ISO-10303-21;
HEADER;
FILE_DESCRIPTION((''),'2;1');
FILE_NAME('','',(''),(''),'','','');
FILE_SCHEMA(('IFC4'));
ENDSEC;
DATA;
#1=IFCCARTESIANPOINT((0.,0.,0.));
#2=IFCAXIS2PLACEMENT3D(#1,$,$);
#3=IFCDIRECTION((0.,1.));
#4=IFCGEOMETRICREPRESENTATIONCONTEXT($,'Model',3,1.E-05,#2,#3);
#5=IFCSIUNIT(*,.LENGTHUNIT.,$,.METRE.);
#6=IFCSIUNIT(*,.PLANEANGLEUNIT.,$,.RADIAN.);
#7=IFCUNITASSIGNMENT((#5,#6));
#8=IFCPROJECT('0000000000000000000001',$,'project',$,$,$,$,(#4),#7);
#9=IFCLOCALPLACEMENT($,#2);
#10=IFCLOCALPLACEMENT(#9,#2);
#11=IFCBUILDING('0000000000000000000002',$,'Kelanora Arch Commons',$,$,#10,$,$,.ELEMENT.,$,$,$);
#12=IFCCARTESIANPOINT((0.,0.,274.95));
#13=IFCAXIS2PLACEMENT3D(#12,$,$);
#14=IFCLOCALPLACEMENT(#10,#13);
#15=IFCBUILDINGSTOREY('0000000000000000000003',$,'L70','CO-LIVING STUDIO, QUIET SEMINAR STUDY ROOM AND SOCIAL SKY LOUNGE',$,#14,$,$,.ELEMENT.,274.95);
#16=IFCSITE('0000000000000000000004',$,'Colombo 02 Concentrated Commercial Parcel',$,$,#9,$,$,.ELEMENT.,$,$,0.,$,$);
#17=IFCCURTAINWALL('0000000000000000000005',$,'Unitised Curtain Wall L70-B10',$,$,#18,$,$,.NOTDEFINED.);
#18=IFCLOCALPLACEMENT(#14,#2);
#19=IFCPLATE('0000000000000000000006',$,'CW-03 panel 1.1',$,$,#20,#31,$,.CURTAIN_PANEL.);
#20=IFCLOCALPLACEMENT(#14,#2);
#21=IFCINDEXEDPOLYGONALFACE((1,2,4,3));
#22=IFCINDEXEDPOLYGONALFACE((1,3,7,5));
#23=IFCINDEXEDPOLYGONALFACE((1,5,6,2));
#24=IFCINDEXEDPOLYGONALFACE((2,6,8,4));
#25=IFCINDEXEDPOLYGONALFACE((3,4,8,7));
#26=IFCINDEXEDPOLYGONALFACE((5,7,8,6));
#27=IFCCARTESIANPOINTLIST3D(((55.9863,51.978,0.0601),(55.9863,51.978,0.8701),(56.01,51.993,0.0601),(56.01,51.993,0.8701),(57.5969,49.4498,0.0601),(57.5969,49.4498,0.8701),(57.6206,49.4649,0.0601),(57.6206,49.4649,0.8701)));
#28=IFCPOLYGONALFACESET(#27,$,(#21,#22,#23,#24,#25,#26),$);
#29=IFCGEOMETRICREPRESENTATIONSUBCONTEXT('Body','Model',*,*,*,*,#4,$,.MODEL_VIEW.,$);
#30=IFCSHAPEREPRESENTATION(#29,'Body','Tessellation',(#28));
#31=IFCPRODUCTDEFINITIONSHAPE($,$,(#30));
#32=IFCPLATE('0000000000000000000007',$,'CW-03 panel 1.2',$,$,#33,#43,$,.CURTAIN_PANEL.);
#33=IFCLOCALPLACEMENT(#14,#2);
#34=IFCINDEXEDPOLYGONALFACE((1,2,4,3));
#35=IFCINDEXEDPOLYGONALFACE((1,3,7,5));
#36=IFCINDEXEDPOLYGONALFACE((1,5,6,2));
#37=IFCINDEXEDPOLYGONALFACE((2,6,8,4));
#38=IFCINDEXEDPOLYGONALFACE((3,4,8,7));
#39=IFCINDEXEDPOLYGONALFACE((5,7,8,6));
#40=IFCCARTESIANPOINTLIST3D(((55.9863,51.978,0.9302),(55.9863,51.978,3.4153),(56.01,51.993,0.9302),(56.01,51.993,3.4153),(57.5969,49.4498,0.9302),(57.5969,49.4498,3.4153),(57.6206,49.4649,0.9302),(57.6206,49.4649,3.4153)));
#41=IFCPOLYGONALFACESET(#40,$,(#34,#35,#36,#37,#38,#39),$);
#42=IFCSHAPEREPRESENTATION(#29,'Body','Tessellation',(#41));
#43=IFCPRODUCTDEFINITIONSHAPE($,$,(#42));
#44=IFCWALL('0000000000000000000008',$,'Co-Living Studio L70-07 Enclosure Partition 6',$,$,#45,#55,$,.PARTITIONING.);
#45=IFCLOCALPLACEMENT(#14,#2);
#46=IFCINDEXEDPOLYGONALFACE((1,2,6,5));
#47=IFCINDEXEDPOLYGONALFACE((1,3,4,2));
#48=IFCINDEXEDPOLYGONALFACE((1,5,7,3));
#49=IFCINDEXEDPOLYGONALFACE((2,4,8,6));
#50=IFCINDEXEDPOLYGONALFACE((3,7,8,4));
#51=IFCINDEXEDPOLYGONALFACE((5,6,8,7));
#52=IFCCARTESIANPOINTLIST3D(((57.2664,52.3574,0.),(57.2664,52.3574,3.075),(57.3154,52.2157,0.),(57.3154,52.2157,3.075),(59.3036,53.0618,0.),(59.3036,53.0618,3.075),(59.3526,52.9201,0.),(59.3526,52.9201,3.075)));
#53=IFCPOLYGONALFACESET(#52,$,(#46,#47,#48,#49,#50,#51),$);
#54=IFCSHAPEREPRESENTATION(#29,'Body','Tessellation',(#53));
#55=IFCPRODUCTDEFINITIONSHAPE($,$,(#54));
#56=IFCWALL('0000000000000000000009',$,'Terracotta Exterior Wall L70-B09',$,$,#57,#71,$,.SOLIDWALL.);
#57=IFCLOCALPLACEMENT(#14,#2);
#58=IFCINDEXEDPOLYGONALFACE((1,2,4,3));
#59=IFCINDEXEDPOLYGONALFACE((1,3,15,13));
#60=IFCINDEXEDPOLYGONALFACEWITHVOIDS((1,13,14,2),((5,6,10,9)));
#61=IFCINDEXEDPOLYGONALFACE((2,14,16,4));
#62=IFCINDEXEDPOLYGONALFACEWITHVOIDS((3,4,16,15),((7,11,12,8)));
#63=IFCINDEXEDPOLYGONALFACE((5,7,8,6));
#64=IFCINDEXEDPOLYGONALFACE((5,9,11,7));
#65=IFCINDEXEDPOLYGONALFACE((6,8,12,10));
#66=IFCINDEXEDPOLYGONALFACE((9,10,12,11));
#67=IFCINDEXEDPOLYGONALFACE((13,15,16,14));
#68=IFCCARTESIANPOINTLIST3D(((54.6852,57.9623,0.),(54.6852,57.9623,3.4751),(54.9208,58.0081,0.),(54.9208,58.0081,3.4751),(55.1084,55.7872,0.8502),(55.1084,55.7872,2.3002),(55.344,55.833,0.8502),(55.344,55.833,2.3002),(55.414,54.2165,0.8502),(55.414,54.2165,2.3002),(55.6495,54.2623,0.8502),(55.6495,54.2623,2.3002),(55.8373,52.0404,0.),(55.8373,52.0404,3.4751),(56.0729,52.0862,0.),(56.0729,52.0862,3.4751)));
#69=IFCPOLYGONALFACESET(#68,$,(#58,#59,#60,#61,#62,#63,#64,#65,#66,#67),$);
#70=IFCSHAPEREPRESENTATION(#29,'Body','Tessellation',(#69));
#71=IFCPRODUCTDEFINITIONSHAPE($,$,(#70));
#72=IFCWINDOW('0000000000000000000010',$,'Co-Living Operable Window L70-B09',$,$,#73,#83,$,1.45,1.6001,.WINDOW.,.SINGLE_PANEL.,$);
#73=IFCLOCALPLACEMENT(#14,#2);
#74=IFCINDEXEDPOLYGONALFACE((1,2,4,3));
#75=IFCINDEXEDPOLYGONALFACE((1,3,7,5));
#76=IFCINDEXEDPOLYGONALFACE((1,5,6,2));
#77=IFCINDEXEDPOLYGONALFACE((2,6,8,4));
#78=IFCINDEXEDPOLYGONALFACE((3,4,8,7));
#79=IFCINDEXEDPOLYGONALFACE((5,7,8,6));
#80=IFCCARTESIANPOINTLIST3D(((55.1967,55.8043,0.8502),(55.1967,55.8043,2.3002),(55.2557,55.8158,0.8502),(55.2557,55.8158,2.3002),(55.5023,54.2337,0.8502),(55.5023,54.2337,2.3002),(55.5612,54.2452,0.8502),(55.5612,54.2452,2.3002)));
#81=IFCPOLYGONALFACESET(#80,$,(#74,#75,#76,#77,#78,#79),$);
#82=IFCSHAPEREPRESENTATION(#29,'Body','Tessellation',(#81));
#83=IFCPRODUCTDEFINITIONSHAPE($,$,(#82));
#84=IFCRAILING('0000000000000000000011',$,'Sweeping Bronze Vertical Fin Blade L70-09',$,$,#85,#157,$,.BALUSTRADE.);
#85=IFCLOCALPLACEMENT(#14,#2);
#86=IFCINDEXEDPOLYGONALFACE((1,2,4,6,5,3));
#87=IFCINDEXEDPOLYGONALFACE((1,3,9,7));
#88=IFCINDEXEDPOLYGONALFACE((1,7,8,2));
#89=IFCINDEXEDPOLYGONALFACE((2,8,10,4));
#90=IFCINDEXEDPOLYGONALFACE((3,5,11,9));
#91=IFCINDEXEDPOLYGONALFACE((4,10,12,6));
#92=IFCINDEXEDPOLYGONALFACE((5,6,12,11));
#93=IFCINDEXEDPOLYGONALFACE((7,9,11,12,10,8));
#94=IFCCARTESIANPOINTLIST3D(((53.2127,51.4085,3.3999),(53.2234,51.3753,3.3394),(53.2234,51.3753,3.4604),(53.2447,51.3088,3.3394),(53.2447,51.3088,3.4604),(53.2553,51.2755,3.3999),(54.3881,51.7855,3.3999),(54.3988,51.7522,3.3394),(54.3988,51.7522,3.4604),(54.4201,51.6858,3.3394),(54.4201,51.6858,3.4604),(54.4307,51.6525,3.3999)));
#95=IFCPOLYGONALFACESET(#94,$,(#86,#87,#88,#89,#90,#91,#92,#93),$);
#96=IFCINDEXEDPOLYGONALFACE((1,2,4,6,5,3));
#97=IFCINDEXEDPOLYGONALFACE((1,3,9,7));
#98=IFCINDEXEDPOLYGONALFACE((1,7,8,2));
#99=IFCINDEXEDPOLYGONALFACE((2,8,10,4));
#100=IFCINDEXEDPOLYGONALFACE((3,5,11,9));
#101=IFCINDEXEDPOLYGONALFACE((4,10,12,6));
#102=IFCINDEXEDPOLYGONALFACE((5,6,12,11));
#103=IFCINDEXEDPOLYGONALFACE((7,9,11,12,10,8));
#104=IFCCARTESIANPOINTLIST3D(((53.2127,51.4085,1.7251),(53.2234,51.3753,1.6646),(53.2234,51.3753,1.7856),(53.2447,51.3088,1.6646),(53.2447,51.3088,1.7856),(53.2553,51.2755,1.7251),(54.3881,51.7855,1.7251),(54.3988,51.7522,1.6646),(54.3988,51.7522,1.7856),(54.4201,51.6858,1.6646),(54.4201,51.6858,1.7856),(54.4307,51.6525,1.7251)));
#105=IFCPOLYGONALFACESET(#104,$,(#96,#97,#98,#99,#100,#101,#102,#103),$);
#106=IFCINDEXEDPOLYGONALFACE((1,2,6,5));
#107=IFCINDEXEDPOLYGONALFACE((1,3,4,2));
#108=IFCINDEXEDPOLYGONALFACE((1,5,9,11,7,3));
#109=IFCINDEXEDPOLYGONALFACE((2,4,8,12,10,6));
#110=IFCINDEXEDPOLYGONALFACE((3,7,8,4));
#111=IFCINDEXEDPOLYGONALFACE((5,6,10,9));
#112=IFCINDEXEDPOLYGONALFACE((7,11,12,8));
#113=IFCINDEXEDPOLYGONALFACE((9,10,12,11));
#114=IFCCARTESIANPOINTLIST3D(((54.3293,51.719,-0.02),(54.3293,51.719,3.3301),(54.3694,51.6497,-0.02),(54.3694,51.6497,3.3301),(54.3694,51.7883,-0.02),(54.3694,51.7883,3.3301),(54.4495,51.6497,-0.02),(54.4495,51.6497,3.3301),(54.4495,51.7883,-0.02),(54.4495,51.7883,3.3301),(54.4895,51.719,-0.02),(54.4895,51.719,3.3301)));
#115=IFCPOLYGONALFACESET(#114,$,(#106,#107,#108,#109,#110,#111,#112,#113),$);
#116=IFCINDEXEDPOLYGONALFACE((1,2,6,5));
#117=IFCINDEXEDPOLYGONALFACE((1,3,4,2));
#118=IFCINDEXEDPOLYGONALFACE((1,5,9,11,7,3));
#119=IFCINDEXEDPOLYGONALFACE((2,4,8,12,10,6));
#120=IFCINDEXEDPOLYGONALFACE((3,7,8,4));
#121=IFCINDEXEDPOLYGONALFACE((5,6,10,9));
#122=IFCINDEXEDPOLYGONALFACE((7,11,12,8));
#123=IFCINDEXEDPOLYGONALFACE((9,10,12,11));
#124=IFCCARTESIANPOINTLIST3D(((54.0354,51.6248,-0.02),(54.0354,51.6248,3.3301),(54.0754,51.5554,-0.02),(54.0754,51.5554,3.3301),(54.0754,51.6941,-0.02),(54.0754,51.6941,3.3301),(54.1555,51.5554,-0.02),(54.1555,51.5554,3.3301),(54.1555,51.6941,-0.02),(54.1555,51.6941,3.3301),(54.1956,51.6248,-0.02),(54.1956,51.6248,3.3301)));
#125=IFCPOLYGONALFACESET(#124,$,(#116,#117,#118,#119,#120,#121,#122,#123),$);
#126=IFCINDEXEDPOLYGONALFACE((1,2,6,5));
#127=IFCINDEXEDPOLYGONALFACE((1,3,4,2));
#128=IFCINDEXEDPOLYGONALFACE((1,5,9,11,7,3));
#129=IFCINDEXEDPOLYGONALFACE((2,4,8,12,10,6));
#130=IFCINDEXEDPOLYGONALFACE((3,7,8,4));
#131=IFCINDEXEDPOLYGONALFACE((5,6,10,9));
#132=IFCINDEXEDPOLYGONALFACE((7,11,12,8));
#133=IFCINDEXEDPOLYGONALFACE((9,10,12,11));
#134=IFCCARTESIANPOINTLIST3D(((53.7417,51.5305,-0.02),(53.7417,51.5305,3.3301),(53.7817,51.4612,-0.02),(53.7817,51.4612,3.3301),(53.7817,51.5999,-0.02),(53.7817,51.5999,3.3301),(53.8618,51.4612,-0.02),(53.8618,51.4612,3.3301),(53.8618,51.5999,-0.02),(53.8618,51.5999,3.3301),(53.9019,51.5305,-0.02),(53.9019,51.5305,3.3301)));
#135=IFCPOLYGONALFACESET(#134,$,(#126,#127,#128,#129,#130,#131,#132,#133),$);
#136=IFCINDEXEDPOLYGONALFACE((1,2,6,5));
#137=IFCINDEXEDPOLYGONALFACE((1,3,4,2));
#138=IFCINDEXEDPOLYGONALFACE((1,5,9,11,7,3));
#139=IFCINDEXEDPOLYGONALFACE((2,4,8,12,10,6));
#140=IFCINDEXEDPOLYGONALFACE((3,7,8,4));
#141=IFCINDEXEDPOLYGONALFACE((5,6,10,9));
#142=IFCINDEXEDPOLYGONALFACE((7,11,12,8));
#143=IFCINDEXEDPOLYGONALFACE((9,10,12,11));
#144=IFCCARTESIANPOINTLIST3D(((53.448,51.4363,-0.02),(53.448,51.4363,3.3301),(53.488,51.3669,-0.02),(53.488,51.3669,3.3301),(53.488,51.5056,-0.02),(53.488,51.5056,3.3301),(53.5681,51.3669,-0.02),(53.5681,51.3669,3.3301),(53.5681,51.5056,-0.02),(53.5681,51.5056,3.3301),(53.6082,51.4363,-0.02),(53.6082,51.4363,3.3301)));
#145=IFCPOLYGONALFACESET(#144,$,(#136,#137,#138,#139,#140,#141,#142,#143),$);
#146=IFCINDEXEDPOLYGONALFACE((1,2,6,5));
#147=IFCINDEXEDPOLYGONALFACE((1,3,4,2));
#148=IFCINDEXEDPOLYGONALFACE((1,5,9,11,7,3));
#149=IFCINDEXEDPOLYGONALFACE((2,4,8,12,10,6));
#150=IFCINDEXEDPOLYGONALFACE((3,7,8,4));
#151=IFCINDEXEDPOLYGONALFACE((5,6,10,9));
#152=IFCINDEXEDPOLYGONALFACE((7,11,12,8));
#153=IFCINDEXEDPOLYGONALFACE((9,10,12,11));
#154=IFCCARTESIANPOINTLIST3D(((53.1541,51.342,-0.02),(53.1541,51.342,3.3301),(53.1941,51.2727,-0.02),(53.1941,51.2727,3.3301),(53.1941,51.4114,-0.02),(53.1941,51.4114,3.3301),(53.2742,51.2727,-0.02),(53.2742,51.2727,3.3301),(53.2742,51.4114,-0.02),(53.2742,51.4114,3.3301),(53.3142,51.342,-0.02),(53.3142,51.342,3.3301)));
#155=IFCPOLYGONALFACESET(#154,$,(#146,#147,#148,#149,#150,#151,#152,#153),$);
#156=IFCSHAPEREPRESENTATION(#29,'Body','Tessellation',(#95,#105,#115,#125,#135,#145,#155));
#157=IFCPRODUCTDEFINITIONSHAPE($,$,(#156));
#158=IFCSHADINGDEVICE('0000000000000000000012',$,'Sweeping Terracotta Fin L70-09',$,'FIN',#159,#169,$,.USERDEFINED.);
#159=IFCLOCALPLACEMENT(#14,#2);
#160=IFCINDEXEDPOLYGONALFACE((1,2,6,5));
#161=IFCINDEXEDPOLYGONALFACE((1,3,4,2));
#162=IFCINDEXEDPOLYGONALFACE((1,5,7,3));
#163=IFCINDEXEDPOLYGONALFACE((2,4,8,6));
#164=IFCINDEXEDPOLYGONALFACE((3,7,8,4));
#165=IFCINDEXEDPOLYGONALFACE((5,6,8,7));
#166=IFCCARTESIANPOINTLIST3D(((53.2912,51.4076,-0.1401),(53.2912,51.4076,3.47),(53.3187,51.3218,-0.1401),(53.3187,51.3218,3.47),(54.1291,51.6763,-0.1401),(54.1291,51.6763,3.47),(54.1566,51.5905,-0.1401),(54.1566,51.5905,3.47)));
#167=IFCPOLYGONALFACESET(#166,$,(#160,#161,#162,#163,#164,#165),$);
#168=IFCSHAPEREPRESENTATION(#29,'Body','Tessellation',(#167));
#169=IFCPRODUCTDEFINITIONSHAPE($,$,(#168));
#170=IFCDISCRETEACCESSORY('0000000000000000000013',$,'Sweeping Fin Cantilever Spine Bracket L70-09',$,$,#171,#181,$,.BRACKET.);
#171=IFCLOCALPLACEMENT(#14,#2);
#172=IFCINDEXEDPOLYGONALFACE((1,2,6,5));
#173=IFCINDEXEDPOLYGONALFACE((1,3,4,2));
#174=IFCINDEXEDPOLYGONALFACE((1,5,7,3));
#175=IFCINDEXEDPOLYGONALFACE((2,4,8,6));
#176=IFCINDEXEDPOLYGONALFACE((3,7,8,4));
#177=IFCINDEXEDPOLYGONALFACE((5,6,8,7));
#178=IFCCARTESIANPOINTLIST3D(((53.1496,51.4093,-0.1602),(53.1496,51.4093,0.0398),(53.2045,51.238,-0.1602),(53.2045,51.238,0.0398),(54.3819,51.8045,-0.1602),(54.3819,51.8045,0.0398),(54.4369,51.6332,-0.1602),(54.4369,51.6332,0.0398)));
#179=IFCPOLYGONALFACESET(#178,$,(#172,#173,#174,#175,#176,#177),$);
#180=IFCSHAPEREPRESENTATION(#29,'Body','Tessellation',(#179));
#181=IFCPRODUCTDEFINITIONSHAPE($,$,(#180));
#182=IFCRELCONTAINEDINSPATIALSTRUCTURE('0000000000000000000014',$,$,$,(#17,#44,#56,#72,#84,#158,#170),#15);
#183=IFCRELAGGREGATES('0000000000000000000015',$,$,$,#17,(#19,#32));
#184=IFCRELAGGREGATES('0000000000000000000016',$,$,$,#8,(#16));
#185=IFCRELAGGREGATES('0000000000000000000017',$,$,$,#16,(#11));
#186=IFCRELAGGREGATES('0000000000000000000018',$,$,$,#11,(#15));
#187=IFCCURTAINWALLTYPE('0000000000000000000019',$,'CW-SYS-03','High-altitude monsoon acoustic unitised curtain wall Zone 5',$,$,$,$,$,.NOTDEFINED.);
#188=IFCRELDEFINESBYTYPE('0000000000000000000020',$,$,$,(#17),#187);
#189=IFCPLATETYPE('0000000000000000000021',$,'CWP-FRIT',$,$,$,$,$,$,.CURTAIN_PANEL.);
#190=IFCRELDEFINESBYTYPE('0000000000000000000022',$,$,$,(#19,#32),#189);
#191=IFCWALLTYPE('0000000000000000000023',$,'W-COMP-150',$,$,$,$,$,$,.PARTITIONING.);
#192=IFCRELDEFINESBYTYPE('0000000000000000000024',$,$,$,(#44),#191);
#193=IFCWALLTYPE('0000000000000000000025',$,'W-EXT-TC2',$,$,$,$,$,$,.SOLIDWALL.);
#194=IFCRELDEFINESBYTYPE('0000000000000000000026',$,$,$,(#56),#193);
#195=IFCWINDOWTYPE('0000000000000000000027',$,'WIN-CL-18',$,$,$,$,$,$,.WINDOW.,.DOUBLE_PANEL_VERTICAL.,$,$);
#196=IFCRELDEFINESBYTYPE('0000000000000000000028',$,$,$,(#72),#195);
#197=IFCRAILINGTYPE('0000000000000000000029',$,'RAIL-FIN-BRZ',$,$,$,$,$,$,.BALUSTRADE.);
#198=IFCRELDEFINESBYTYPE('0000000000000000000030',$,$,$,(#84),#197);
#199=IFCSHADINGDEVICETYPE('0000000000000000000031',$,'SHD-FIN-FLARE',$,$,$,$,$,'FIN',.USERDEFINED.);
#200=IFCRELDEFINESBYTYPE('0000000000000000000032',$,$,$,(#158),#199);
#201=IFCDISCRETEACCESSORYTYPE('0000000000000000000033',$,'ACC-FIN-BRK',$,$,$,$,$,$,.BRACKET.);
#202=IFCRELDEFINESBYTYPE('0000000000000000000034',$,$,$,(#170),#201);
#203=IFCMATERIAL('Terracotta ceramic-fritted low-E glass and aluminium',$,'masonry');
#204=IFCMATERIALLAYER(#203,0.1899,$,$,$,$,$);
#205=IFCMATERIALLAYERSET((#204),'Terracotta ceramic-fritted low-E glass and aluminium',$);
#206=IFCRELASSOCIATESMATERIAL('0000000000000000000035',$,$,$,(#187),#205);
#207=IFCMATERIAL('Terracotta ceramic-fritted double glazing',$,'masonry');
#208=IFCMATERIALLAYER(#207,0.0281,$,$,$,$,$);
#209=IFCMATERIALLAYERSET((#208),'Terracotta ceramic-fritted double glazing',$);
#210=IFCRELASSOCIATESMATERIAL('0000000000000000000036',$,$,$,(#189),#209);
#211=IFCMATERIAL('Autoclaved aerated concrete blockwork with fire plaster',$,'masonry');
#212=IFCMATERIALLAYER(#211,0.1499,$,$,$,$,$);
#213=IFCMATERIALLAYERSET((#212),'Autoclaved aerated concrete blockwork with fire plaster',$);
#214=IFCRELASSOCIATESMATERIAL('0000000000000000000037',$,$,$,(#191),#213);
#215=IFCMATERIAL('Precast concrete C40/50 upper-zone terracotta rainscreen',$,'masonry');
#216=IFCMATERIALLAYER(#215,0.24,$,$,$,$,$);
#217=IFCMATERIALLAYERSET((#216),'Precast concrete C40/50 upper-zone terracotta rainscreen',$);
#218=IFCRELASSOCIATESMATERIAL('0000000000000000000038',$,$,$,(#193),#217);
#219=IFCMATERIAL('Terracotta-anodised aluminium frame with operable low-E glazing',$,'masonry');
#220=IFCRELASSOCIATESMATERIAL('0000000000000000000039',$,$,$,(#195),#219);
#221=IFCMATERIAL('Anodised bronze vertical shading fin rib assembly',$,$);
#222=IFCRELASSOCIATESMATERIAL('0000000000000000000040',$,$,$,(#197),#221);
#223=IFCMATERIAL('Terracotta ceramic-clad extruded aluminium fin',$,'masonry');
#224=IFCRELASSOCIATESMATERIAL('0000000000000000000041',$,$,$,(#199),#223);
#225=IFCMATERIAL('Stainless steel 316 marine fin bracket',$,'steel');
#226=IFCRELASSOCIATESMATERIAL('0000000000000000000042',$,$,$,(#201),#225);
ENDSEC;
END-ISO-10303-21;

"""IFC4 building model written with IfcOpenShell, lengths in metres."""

from ifc_helpers import new_model, si_unit, direction, frame, frame_2d, origin, origin_2d, place, context, subcontext, project, spatial, polyline, rectangle, outline, extrude, source, transform, mapped, material, layer, layer_set, type_object, element, fill, aggregate, save


model = new_model("IFC4")

# Units and contexts
model_context = context("Model", 3, precision=1e-05, world=origin(), true_north=direction((0.0, 1.0)))
body_context = subcontext(model_context, "Body", "Model", "MODEL_VIEW")
ifc_project = project(units=[si_unit("LENGTHUNIT", "METRE"), si_unit("PLANEANGLEUNIT", "RADIAN")], contexts=[model_context])

# Site, building, storey
site_placement = place(None, origin())
site = spatial("IfcSite", under=ifc_project, at=site_placement, Name="Colombo 02 Concentrated Commercial Parcel", CompositionType="ELEMENT", RefElevation=0.0)
building_placement = place(site_placement, origin())
building = spatial("IfcBuilding", under=site, at=building_placement, Name="Kelanora Arch Commons", CompositionType="ELEMENT")
storey_placement = place(building_placement, frame((0.0, 0.0, 274.95)))
storey = spatial("IfcBuildingStorey", under=building, at=storey_placement, Name="L70", Description="CO-LIVING STUDIO, QUIET SEMINAR STUDY ROOM AND SOCIAL SKY LOUNGE", CompositionType="ELEMENT", Elevation=274.95)

# Curtain wall
ifc_material_1 = material(Name="Terracotta ceramic-fritted low-E glass and aluminium", Category="masonry")
ifc_layer_1 = layer(ifc_material_1, 0.1899)
ifc_layer_set_1 = layer_set([ifc_layer_1], Name="Terracotta ceramic-fritted low-E glass and aluminium")
curtain_wall_type = type_object("IfcCurtainWallType", Name="CW-SYS-03", Description="High-altitude monsoon acoustic unitised curtain wall Zone 5", PredefinedType="NOTDEFINED", material=ifc_layer_set_1)
curtain_wall_placement = place(storey_placement, origin())
curtain_wall = element("IfcCurtainWall", 1, at=curtain_wall_placement, inside=storey, type_object=curtain_wall_type, Name="Unitised Curtain Wall L70-B10", PredefinedType="NOTDEFINED")

# Plates
ifc_material_2 = material(Name="Terracotta ceramic-fritted double glazing", Category="masonry")
ifc_layer_2 = layer(ifc_material_2, 0.0281)
ifc_layer_set_2 = layer_set([ifc_layer_2], Name="Terracotta ceramic-fritted double glazing")
plate_type = type_object("IfcPlateType", Name="CWP-FRIT", PredefinedType="CURTAIN_PANEL", material=ifc_layer_set_2)
shared_shape_1 = source(origin(), body_context, "Body", "SweptSolid", [
    extrude(rectangle(XDim=2.9976, YDim=0.0281, at=origin_2d()), origin(), (0.0, 0.0, 1.0), 0.8101),
])
plate_1_placement = place(storey_placement, frame((56.8035, 50.7214, 0.0601), z_axis=(0.0, 0.0, 1.0), x_axis=(0.5373, -0.843391, 0.0)))
plate_1 = element("IfcPlate", 2, at=plate_1_placement, type_object=plate_type, Name="CW-03 panel 1.1", PredefinedType="CURTAIN_PANEL", context=body_context, shape_type="MappedRepresentation", body=[
    mapped(shared_shape_1, transform((0.0, 0.0, 0.0), scale=1.0)),
])
shared_shape_2 = source(origin(), body_context, "Body", "SweptSolid", [
    extrude(rectangle(XDim=2.9976, YDim=0.0281, at=origin_2d()), origin(), (0.0, 0.0, 1.0), 2.4851),
])
plate_2_placement = place(storey_placement, frame((56.8035, 50.7214, 0.9302), z_axis=(0.0, 0.0, 1.0), x_axis=(0.5373, -0.843391, 0.0)))
plate_2 = element("IfcPlate", 3, at=plate_2_placement, type_object=plate_type, Name="CW-03 panel 1.2", PredefinedType="CURTAIN_PANEL", context=body_context, shape_type="MappedRepresentation", body=[
    mapped(shared_shape_2, transform((0.0, 0.0, 0.0), scale=1.0)),
])
aggregate(curtain_wall, [plate_1, plate_2])

# Wall
ifc_material_3 = material(Name="Autoclaved aerated concrete blockwork with fire plaster", Category="masonry")
ifc_layer_3 = layer(ifc_material_3, 0.1499)
ifc_layer_set_3 = layer_set([ifc_layer_3], Name="Autoclaved aerated concrete blockwork with fire plaster")
wall_type_1 = type_object("IfcWallType", Name="W-COMP-150", PredefinedType="PARTITIONING", material=ifc_layer_set_3)
wall_1_placement = place(storey_placement, frame((57.291, 52.2866, 0.0), z_axis=(0.0, 0.0, 1.0), x_axis=(0.945102, 0.326776, 0.0)))
element("IfcWall", 4, at=wall_1_placement, inside=storey, type_object=wall_type_1, Name="Co-Living Studio L70-07 Enclosure Partition 6", PredefinedType="PARTITIONING", context=body_context, shape_type="SweptSolid", body=[
    extrude(rectangle(XDim=2.1555, YDim=0.1499, at=frame_2d((1.0776, 0.0))), origin(), (0.0, 0.0, 1.0), 3.075),
])

# Wall, opening, window
ifc_material_4 = material(Name="Precast concrete C40/50 upper-zone terracotta rainscreen", Category="masonry")
ifc_layer_4 = layer(ifc_material_4, 0.24)
ifc_layer_set_4 = layer_set([ifc_layer_4], Name="Precast concrete C40/50 upper-zone terracotta rainscreen")
wall_type_2 = type_object("IfcWallType", Name="W-EXT-TC2", PredefinedType="SOLIDWALL", material=ifc_layer_set_4)
wall_2_placement = place(storey_placement, frame((54.803, 57.9854, 0.0), z_axis=(0.0, 0.0, 1.0), x_axis=(0.190969, -0.981596, 0.0)))
wall_2 = element("IfcWall", 5, at=wall_2_placement, inside=storey, type_object=wall_type_2, Name="Terracotta Exterior Wall L70-B09", PredefinedType="SOLIDWALL", context=body_context, shape_type="SweptSolid", body=[
    extrude(rectangle(XDim=6.033, YDim=0.24, at=frame_2d((3.0166, 0.0))), origin(), (0.0, 0.0, 1.0), 3.4751),
])
opening_placement = place(wall_2_placement, frame((2.2161, 0.0, 0.8501)))
opening = element("IfcOpeningElement", 6, at=opening_placement, cuts=wall_2, PredefinedType="OPENING", context=body_context, shape_type="SweptSolid", body=[
    extrude(rectangle(XDim=1.6001, YDim=1.45, at=frame_2d((0.8, 0.7251))), frame((0.0, 0.1299, 0.0), z_axis=(0.0, -1.0, 0.0), x_axis=(1.0, 0.0, 0.0)), (0.0, 0.0, 1.0), 0.26),
])
ifc_material_5 = material(Name="Terracotta-anodised aluminium frame with operable low-E glazing", Category="masonry")
window_type = type_object("IfcWindowType", Name="WIN-CL-18", PartitioningType="DOUBLE_PANEL_VERTICAL", PredefinedType="WINDOW", material=ifc_material_5)
window_placement = place(opening_placement, origin())
window = element("IfcWindow", 7, at=window_placement, inside=storey, type_object=window_type, Name="Co-Living Operable Window L70-B09", OverallHeight=1.45, OverallWidth=1.6001, PartitioningType="SINGLE_PANEL", PredefinedType="WINDOW", context=body_context, shape_type="SweptSolid", body=[
    extrude(rectangle(XDim=1.6001, YDim=1.45, at=frame_2d((0.8, 0.7251))), frame((0.0, 0.03, 0.0), z_axis=(0.0, -1.0, 0.0), x_axis=(1.0, 0.0, 0.0)), (0.0, 0.0, 1.0), 0.0601),
])
fill(opening, window)

# Railing
ifc_material_6 = material(Name="Anodised bronze vertical shading fin rib assembly")
railing_type = type_object("IfcRailingType", Name="RAIL-FIN-BRZ", PredefinedType="BALUSTRADE", material=ifc_material_6)
railing_placement = place(storey_placement, frame((54.4094, 51.719, -0.02)))
element("IfcRailing", 8, at=railing_placement, inside=storey, type_object=railing_type, Name="Sweeping Bronze Vertical Fin Blade L70-09", PredefinedType="BALUSTRADE", context=body_context, shape_type="SweptSolid", body=[
    extrude(outline(polyline([(0.0698, 0.0), (0.0349, 0.0605), (-0.0349, 0.0605), (-0.0698, 0.0), (-0.0349, -0.0605), (0.0349, -0.0605), (0.0698, 0.0)])), frame((0.0, 0.0, 3.4199), z_axis=(-0.952222, -0.305407, 0.0), x_axis=(0.305407, -0.952222, 0.0)), (0.0, 0.0, 1.0), 1.2344),
    extrude(outline(polyline([(0.0698, 0.0), (0.0349, 0.0605), (-0.0349, 0.0605), (-0.0698, 0.0), (-0.0349, -0.0605), (0.0349, -0.0605), (0.0698, 0.0)])), frame((0.0, 0.0, 1.7451), z_axis=(-0.952222, -0.305407, 0.0), x_axis=(0.305407, -0.952222, 0.0)), (0.0, 0.0, 1.0), 1.2344),
    extrude(outline(polyline([(0.0801, 0.0), (0.04, 0.0693), (-0.04, 0.0693), (-0.0801, 0.0), (-0.04, -0.0693), (0.04, -0.0693), (0.0801, 0.0)])), origin(), (0.0, 0.0, 1.0), 3.3501),
    extrude(outline(polyline([(0.0801, 0.0), (0.04, 0.0693), (-0.04, 0.0693), (-0.0801, 0.0), (-0.04, -0.0693), (0.04, -0.0693), (0.0801, 0.0)])), frame((-0.2939, -0.0942, 0.0)), (0.0, 0.0, 1.0), 3.3501),
    extrude(outline(polyline([(0.0801, 0.0), (0.04, 0.0693), (-0.04, 0.0693), (-0.0801, 0.0), (-0.04, -0.0693), (0.04, -0.0693), (0.0801, 0.0)])), frame((-0.5876, -0.1885, 0.0)), (0.0, 0.0, 1.0), 3.3501),
    extrude(outline(polyline([(0.0801, 0.0), (0.04, 0.0693), (-0.04, 0.0693), (-0.0801, 0.0), (-0.04, -0.0693), (0.04, -0.0693), (0.0801, 0.0)])), frame((-0.8813, -0.2827, 0.0)), (0.0, 0.0, 1.0), 3.3501),
    extrude(outline(polyline([(0.0801, 0.0), (0.04, 0.0693), (-0.04, 0.0693), (-0.0801, 0.0), (-0.04, -0.0693), (0.04, -0.0693), (0.0801, 0.0)])), frame((-1.1753, -0.377, 0.0)), (0.0, 0.0, 1.0), 3.3501),
])

# Shading device
ifc_material_7 = material(Name="Terracotta ceramic-clad extruded aluminium fin", Category="masonry")
shading_device_type = type_object("IfcShadingDeviceType", Name="SHD-FIN-FLARE", ElementType="FIN", PredefinedType="USERDEFINED", material=ifc_material_7)
shared_shape_3 = source(origin(), body_context, "Body", "SweptSolid", [
    extrude(rectangle(XDim=0.8799, YDim=0.0901, at=origin_2d()), origin(), (0.0, 0.0, 1.0), 3.6101),
])
shading_device_placement = place(storey_placement, frame((53.7239, 51.499, -0.1401), z_axis=(0.0, 0.0, 1.0), x_axis=(-0.952236, -0.305363, 0.0)))
element("IfcShadingDevice", 9, at=shading_device_placement, inside=storey, type_object=shading_device_type, Name="Sweeping Terracotta Fin L70-09", ObjectType="FIN", PredefinedType="USERDEFINED", context=body_context, shape_type="MappedRepresentation", body=[
    mapped(shared_shape_3, transform((0.0, 0.0, 0.0), scale=1.0)),
])

# Discrete accessory
ifc_material_8 = material(Name="Stainless steel 316 marine fin bracket", Category="steel")
discrete_accessory_type = type_object("IfcDiscreteAccessoryType", Name="ACC-FIN-BRK", PredefinedType="BRACKET", material=ifc_material_8)
shared_shape_4 = source(origin(), body_context, "Body", "SweptSolid", [
    extrude(rectangle(XDim=1.2942, YDim=0.1799, at=origin_2d()), origin(), (0.0, 0.0, 1.0), 0.2),
])
discrete_accessory_placement = place(storey_placement, frame((53.7932, 51.5212, -0.1602), z_axis=(0.0, 0.0, 1.0), x_axis=(-0.952236, -0.305363, 0.0)))
element("IfcDiscreteAccessory", 10, at=discrete_accessory_placement, inside=storey, type_object=discrete_accessory_type, Name="Sweeping Fin Cantilever Spine Bracket L70-09", PredefinedType="BRACKET", context=body_context, shape_type="MappedRepresentation", body=[
    mapped(shared_shape_4, transform((0.0, 0.0, 0.0), scale=1.0)),
])

save(model, "model.ifc")
